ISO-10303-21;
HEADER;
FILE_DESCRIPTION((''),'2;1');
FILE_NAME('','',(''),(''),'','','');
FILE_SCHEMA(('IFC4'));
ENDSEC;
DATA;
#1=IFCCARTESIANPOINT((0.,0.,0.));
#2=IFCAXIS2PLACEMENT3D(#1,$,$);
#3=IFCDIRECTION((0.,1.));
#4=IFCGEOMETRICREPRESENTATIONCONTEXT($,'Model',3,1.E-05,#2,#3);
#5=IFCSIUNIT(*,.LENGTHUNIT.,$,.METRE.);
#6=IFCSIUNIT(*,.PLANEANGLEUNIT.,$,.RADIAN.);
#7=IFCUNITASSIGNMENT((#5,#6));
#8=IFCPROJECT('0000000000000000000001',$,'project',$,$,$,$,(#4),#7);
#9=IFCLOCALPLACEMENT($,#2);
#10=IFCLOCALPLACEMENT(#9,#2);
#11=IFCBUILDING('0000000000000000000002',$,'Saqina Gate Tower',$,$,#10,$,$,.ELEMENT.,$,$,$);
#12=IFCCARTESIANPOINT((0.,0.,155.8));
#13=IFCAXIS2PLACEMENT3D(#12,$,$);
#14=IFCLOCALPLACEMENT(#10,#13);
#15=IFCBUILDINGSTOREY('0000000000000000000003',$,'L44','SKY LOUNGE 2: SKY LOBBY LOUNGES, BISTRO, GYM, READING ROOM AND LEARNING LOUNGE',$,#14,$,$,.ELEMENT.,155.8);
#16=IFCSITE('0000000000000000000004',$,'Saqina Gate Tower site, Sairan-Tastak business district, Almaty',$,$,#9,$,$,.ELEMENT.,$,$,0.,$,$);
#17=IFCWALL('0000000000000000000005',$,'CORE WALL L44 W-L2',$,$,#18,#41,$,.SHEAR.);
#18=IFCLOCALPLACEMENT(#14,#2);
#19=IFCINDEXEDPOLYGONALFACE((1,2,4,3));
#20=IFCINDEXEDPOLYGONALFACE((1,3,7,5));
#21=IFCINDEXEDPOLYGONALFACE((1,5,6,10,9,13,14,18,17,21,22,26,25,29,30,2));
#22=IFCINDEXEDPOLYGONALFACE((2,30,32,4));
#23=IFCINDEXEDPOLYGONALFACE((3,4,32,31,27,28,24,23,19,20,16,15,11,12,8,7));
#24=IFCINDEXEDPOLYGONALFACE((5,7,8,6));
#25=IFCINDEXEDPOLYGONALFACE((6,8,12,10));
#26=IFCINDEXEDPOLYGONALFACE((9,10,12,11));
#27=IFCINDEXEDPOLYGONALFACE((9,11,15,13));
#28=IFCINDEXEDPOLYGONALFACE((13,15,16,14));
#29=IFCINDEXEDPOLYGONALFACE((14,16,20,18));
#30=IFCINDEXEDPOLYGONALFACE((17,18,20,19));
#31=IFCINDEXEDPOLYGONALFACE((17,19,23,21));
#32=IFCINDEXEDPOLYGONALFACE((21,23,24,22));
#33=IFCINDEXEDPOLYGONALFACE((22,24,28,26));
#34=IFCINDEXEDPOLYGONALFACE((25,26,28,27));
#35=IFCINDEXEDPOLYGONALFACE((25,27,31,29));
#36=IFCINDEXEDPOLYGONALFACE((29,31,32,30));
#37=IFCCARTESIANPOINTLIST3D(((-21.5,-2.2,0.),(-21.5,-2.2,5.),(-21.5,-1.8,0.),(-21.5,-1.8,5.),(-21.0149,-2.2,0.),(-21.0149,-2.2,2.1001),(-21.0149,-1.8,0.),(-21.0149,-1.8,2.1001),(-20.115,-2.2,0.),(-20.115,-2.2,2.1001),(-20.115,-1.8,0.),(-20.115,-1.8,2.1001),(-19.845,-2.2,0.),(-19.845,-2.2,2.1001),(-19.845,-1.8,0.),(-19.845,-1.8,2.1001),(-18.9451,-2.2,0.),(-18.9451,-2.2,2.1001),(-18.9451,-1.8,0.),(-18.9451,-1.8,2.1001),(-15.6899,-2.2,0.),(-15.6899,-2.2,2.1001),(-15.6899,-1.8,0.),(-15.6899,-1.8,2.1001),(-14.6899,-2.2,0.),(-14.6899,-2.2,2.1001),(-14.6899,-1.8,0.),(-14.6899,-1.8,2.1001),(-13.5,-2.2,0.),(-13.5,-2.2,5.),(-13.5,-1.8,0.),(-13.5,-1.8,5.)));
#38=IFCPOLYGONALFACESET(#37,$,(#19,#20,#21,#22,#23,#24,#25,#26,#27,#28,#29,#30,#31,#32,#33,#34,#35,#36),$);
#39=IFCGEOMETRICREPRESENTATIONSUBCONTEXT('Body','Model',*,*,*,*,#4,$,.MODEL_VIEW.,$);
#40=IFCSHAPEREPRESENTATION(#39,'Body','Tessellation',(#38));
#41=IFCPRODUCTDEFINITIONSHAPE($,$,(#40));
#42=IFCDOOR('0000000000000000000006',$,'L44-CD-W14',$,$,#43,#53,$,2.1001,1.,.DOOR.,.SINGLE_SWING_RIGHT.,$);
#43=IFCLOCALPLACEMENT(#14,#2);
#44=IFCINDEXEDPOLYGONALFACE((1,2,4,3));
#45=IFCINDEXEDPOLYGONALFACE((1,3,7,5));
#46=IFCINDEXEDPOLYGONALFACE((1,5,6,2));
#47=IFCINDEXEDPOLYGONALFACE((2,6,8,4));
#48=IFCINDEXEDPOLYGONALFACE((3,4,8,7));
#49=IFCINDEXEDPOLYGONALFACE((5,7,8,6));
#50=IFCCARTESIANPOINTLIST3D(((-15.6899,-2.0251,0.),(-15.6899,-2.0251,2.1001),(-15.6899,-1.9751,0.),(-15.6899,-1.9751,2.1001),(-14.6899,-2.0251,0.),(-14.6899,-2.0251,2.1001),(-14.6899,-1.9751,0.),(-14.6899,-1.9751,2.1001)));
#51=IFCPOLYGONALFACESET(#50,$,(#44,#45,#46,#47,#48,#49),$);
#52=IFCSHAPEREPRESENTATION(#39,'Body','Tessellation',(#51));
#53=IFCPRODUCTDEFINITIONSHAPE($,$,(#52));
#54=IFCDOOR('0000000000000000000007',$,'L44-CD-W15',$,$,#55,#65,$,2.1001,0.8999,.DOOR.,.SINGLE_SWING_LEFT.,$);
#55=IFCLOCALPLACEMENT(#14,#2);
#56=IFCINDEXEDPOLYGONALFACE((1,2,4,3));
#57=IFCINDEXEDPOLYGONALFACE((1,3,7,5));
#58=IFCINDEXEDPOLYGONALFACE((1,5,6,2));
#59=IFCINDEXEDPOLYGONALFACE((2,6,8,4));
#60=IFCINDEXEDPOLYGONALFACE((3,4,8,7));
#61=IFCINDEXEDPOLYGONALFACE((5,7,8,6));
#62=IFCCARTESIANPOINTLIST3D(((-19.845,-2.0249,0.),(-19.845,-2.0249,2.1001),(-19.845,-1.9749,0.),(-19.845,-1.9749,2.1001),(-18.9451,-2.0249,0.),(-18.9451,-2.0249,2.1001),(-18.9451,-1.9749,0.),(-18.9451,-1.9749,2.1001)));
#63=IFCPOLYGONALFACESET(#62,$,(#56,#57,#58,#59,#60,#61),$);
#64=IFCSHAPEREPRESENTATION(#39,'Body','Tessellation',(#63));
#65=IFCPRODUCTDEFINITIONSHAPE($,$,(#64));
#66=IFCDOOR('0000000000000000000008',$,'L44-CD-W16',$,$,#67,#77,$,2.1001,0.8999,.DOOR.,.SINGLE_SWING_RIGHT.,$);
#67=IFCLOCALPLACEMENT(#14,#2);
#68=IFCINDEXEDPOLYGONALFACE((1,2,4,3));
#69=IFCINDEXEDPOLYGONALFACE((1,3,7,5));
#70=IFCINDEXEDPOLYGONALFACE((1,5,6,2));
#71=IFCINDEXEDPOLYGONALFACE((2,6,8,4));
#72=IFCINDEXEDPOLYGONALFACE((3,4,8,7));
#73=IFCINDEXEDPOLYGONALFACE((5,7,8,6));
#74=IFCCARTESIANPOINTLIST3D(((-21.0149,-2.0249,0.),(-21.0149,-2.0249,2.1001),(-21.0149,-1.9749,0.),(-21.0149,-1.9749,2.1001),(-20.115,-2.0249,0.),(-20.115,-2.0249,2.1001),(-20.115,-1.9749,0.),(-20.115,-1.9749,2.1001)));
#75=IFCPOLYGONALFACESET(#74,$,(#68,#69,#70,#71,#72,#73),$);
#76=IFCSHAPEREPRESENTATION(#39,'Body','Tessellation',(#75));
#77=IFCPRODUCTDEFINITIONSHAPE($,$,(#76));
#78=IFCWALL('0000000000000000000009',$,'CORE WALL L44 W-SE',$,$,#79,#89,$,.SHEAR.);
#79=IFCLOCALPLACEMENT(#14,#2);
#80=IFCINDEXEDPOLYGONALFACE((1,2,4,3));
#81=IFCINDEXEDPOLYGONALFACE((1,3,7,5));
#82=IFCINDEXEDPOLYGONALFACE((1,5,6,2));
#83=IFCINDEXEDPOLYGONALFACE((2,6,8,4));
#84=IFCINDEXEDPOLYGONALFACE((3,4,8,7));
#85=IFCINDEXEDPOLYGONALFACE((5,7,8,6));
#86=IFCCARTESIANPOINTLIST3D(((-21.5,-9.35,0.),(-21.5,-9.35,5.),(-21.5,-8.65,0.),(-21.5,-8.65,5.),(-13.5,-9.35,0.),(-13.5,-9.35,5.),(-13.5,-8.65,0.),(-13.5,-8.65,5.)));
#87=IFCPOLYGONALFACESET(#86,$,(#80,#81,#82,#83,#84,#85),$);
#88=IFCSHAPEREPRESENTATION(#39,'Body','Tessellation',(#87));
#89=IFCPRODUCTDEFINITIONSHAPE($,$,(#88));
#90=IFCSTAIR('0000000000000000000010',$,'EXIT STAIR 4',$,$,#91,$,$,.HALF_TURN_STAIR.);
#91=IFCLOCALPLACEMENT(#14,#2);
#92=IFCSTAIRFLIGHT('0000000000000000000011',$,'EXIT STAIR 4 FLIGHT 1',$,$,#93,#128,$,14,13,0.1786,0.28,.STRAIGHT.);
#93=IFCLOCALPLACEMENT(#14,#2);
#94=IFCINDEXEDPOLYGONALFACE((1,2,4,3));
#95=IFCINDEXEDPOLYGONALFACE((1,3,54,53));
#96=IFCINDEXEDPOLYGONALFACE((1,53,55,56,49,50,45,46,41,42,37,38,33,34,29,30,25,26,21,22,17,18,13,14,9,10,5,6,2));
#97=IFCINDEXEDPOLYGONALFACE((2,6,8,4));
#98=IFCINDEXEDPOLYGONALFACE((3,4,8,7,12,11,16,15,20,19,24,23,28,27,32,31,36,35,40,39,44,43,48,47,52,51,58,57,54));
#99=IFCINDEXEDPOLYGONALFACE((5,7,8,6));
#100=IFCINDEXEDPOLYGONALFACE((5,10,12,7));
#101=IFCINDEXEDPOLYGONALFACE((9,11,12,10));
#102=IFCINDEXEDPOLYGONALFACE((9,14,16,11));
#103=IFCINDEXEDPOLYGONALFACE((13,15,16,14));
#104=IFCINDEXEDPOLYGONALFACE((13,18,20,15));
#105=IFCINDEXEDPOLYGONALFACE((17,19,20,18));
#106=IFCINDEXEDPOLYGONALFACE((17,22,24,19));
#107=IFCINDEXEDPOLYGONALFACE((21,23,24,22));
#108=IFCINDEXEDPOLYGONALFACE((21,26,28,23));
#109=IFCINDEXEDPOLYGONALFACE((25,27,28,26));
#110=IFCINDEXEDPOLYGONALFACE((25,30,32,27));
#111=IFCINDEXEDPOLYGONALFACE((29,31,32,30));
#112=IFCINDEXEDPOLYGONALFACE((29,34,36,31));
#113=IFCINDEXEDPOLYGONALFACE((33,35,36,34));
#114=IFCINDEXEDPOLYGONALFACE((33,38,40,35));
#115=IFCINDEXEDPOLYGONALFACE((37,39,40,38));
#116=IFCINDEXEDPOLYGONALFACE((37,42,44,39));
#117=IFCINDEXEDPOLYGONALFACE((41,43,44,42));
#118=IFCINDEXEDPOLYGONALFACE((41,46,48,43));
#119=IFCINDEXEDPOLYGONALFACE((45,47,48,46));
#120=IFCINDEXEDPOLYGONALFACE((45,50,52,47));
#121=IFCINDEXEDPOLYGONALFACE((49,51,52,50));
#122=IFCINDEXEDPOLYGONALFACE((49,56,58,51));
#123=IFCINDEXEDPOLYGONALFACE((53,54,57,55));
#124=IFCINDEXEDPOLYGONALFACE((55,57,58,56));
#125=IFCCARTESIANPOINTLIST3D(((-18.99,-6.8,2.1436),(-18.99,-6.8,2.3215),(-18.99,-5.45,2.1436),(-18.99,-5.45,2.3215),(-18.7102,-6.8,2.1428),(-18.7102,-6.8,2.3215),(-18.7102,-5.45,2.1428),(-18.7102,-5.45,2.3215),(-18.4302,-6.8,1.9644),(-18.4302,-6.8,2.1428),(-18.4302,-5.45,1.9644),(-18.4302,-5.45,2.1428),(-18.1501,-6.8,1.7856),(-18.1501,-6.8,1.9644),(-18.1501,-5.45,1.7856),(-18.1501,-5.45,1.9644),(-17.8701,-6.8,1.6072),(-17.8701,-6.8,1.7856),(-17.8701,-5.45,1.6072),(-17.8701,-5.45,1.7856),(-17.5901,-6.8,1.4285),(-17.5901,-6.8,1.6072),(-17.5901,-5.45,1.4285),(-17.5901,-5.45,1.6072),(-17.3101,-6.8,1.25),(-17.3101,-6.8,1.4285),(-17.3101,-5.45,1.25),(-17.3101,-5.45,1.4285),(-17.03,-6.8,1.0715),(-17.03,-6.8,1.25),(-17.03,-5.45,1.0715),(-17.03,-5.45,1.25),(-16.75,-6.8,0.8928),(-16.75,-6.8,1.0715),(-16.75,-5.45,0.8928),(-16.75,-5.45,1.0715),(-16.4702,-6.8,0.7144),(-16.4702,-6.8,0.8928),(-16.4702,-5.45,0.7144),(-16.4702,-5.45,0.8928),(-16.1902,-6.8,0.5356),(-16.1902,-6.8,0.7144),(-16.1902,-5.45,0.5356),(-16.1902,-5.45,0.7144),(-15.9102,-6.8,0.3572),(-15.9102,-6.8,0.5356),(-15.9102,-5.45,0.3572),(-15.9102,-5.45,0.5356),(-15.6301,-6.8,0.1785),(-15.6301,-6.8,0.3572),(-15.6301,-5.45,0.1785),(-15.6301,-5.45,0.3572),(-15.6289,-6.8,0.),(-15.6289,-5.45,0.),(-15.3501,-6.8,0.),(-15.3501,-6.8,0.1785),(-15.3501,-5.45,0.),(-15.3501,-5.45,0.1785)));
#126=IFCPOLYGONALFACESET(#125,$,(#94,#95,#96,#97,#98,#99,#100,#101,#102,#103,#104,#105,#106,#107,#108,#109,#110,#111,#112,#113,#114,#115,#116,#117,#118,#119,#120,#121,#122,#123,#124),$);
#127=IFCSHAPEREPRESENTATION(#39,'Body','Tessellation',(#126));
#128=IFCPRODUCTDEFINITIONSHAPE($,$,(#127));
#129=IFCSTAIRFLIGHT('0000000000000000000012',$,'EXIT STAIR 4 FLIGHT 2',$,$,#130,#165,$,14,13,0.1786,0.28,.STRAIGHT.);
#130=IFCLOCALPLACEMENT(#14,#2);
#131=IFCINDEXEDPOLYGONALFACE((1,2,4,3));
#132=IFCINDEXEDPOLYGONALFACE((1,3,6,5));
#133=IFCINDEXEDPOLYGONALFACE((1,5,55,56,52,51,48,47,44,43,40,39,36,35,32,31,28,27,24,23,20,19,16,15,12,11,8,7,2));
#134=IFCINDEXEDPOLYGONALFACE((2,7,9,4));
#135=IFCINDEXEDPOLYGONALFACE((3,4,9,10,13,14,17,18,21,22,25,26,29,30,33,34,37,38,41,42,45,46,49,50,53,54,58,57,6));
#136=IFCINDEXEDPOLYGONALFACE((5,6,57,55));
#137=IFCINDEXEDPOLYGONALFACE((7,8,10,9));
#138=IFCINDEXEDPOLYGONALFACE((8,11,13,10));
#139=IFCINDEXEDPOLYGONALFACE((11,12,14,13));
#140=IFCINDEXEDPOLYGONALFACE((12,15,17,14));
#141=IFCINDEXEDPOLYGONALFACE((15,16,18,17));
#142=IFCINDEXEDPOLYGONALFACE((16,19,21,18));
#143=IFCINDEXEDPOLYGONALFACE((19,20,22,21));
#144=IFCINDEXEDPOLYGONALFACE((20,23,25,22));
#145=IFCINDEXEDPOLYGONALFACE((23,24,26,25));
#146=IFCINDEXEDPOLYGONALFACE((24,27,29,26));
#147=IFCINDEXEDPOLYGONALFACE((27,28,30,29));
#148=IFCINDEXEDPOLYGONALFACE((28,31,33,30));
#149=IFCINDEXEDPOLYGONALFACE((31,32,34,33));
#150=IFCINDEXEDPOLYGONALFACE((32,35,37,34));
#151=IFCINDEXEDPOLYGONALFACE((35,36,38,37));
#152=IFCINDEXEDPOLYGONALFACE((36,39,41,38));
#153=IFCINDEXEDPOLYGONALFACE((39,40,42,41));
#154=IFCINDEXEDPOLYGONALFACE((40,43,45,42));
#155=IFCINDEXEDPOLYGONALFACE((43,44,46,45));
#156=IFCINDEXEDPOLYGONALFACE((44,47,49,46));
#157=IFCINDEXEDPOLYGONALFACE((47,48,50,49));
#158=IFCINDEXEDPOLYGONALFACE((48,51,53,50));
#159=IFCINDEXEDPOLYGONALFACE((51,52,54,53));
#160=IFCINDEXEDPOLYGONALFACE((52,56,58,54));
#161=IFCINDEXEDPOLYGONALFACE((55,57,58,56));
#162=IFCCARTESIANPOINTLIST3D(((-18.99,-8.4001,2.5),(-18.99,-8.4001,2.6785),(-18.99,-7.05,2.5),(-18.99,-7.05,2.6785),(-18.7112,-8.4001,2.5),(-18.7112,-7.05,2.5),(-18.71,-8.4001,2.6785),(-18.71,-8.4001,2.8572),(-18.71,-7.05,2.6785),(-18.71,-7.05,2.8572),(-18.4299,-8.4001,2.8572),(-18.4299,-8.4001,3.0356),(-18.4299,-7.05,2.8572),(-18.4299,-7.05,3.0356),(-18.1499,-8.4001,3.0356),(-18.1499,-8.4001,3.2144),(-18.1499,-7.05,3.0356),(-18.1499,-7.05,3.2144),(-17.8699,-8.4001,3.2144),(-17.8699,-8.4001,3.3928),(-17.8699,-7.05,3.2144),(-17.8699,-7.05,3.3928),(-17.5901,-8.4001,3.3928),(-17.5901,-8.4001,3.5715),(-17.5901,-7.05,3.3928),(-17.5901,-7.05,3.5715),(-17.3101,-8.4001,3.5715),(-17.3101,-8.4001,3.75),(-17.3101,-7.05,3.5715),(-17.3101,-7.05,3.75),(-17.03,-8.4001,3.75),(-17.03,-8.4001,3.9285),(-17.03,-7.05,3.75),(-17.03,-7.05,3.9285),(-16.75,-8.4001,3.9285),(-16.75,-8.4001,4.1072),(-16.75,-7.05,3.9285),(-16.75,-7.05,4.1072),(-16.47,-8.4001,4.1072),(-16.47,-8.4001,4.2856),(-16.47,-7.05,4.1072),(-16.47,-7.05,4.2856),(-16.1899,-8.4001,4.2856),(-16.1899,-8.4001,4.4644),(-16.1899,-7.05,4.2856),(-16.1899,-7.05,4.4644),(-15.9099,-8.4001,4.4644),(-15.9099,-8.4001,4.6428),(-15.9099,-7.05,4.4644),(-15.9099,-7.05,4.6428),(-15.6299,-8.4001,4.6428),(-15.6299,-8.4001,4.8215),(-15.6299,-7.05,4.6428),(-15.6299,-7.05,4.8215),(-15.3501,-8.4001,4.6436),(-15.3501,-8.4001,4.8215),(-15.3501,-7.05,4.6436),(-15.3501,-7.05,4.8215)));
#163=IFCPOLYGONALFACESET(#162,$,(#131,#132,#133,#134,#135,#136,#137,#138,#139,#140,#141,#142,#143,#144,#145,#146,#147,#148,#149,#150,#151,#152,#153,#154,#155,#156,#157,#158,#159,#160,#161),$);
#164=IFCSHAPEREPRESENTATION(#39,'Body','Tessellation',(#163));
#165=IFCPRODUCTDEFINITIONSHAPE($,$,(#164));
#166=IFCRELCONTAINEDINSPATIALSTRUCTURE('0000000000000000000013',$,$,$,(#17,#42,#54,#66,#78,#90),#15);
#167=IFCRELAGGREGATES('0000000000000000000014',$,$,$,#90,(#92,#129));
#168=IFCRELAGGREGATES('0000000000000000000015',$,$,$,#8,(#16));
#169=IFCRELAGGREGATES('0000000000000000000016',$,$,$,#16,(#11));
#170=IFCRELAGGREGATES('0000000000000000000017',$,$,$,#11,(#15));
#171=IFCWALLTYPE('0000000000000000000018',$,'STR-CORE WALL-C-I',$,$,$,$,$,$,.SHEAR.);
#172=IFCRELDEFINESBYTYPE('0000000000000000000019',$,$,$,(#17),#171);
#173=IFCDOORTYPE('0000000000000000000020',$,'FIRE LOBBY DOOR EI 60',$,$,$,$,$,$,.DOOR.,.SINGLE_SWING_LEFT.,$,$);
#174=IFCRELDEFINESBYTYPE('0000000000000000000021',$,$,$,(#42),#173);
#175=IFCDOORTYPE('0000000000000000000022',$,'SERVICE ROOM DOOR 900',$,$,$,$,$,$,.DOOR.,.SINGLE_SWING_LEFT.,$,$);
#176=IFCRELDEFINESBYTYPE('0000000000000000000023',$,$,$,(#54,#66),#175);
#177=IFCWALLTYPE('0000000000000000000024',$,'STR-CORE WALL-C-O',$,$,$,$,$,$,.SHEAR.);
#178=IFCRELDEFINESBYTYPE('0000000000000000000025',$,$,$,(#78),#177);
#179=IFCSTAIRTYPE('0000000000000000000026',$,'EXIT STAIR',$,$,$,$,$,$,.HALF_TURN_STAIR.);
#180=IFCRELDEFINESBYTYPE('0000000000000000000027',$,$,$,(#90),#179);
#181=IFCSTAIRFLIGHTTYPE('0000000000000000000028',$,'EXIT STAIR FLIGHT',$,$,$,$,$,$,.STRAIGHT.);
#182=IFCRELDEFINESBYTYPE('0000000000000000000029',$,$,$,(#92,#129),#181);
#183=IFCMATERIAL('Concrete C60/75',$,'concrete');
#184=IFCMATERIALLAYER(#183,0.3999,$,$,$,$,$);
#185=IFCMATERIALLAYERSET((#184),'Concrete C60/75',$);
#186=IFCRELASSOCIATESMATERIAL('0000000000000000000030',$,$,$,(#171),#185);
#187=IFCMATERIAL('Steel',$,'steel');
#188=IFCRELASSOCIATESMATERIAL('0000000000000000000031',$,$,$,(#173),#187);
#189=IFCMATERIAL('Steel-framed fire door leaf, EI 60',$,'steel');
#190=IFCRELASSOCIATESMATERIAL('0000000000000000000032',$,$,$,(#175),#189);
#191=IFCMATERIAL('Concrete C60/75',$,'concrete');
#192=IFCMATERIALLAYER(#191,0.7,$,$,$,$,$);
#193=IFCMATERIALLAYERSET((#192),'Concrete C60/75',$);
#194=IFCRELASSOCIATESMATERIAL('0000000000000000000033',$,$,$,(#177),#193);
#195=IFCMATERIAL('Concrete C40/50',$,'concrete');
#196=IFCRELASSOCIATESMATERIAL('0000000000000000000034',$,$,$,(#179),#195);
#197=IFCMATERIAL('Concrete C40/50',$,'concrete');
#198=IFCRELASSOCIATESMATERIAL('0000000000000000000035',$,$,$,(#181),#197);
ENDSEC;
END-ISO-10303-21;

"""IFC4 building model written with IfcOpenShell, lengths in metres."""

from ifc_helpers import new_model, si_unit, direction, frame, frame_2d, origin, place, context, subcontext, project, spatial, polyline, rectangle, outline, extrude, material, layer, layer_set, type_object, element, fill, aggregate, save


model = new_model("IFC4")

# Units and contexts
model_context = context("Model", 3, precision=1e-05, world=origin(), true_north=direction((0.0, 1.0)))
body_context = subcontext(model_context, "Body", "Model", "MODEL_VIEW")
ifc_project = project(units=[si_unit("LENGTHUNIT", "METRE"), si_unit("PLANEANGLEUNIT", "RADIAN")], contexts=[model_context])

# Site, building, storey
site_placement = place(None, origin())
site = spatial("IfcSite", under=ifc_project, at=site_placement, Name="Saqina Gate Tower site, Sairan-Tastak business district, Almaty", CompositionType="ELEMENT", RefElevation=0.0)
building_placement = place(site_placement, origin())
building = spatial("IfcBuilding", under=site, at=building_placement, Name="Saqina Gate Tower", CompositionType="ELEMENT")
storey_placement = place(building_placement, frame((0.0, 0.0, 155.8)))
storey = spatial("IfcBuildingStorey", under=building, at=storey_placement, Name="L44", Description="SKY LOUNGE 2: SKY LOBBY LOUNGES, BISTRO, GYM, READING ROOM AND LEARNING LOUNGE", CompositionType="ELEMENT", Elevation=155.8)

# Shared definitions
ifc_material_1 = material(Name="Concrete C60/75", Category="concrete")
ifc_layer_1 = layer(ifc_material_1, 0.3999)
ifc_layer_set_1 = layer_set([ifc_layer_1], Name="Concrete C60/75")
wall_type_1 = type_object("IfcWallType", Name="STR-CORE WALL-C-I", PredefinedType="SHEAR", material=ifc_layer_set_1)

# Wall, openings, doors
wall_1_placement = place(storey_placement, frame((-13.5, -2.0, 0.0), z_axis=(0.0, 0.0, 1.0), x_axis=(-1.0, 0.0, 0.0)))
wall_1 = element("IfcWall", 1, at=wall_1_placement, inside=storey, type_object=wall_type_1, Name="CORE WALL L44 W-L2", PredefinedType="SHEAR", context=body_context, shape_type="SweptSolid", body=[
    extrude(rectangle(XDim=8.0, YDim=0.3999, at=frame_2d((4.0, 0.0))), origin(), (0.0, 0.0, 1.0), 5.0),
])
opening_1_placement = place(wall_1_placement, frame((1.1899, 0.0, 0.0)))
opening_1 = element("IfcOpeningElement", 2, at=opening_1_placement, cuts=wall_1, PredefinedType="OPENING", context=body_context, shape_type="SweptSolid", body=[
    extrude(rectangle(XDim=1.0, YDim=2.1001, at=frame_2d((0.5, 1.05))), frame((0.0, 0.2119, 0.0), z_axis=(0.0, -1.0, 0.0), x_axis=(1.0, 0.0, 0.0)), (0.0, 0.0, 1.0), 0.4238),
])
opening_2_placement = place(wall_1_placement, frame((5.4451, 0.0, 0.0)))
opening_2 = element("IfcOpeningElement", 3, at=opening_2_placement, cuts=wall_1, PredefinedType="OPENING", context=body_context, shape_type="SweptSolid", body=[
    extrude(rectangle(XDim=0.8999, YDim=2.1001, at=frame_2d((0.45, 1.05))), frame((0.0, 0.2119, 0.0), z_axis=(0.0, -1.0, 0.0), x_axis=(1.0, 0.0, 0.0)), (0.0, 0.0, 1.0), 0.4238),
])
opening_3_placement = place(wall_1_placement, frame((6.615, 0.0, 0.0)))
opening_3 = element("IfcOpeningElement", 4, at=opening_3_placement, cuts=wall_1, PredefinedType="OPENING", context=body_context, shape_type="SweptSolid", body=[
    extrude(rectangle(XDim=0.8999, YDim=2.1001, at=frame_2d((0.45, 1.05))), frame((0.0, 0.2119, 0.0), z_axis=(0.0, -1.0, 0.0), x_axis=(1.0, 0.0, 0.0)), (0.0, 0.0, 1.0), 0.4238),
])
ifc_material_2 = material(Name="Steel", Category="steel")
door_type_1 = type_object("IfcDoorType", Name="FIRE LOBBY DOOR EI 60", OperationType="SINGLE_SWING_LEFT", PredefinedType="DOOR", material=ifc_material_2)
door_1_placement = place(opening_1_placement, frame((1.0, 0.0, 0.0), z_axis=(0.0, 0.0, 1.0), x_axis=(-1.0, 0.0, 0.0)))
door_1 = element("IfcDoor", 5, at=door_1_placement, inside=storey, type_object=door_type_1, Name="L44-CD-W14", OperationType="SINGLE_SWING_RIGHT", OverallHeight=2.1001, OverallWidth=1.0, PredefinedType="DOOR", context=body_context, shape_type="SweptSolid", body=[
    extrude(rectangle(XDim=1.0, YDim=2.1001, at=frame_2d((0.5, 1.05))), frame((0.0, 0.0249, 0.0), z_axis=(0.0, -1.0, 0.0), x_axis=(1.0, 0.0, 0.0)), (0.0, 0.0, 1.0), 0.05),
])
fill(opening_1, door_1)
ifc_material_3 = material(Name="Steel-framed fire door leaf, EI 60", Category="steel")
door_type_2 = type_object("IfcDoorType", Name="SERVICE ROOM DOOR 900", OperationType="SINGLE_SWING_LEFT", PredefinedType="DOOR", material=ifc_material_3)
door_2_placement = place(opening_2_placement, origin())
door_2 = element("IfcDoor", 6, at=door_2_placement, inside=storey, type_object=door_type_2, Name="L44-CD-W15", OperationType="SINGLE_SWING_LEFT", OverallHeight=2.1001, OverallWidth=0.8999, PredefinedType="DOOR", context=body_context, shape_type="SweptSolid", body=[
    extrude(rectangle(XDim=0.8999, YDim=2.1001, at=frame_2d((0.45, 1.05))), frame((0.0, 0.0249, 0.0), z_axis=(0.0, -1.0, 0.0), x_axis=(1.0, 0.0, 0.0)), (0.0, 0.0, 1.0), 0.05),
])
fill(opening_2, door_2)
door_3_placement = place(opening_3_placement, origin())
door_3 = element("IfcDoor", 7, at=door_3_placement, inside=storey, type_object=door_type_2, Name="L44-CD-W16", OperationType="SINGLE_SWING_RIGHT", OverallHeight=2.1001, OverallWidth=0.8999, PredefinedType="DOOR", context=body_context, shape_type="SweptSolid", body=[
    extrude(rectangle(XDim=0.8999, YDim=2.1001, at=frame_2d((0.45, 1.05))), frame((0.0, 0.0249, 0.0), z_axis=(0.0, -1.0, 0.0), x_axis=(1.0, 0.0, 0.0)), (0.0, 0.0, 1.0), 0.05),
])
fill(opening_3, door_3)
ifc_material_4 = material(Name="Concrete C60/75", Category="concrete")
ifc_layer_2 = layer(ifc_material_4, 0.7)
ifc_layer_set_2 = layer_set([ifc_layer_2], Name="Concrete C60/75")
wall_type_2 = type_object("IfcWallType", Name="STR-CORE WALL-C-O", PredefinedType="SHEAR", material=ifc_layer_set_2)

# Wall
wall_2_placement = place(storey_placement, frame((-13.5, -9.0, 0.0), z_axis=(0.0, 0.0, 1.0), x_axis=(-1.0, 0.0, 0.0)))
element("IfcWall", 8, at=wall_2_placement, inside=storey, type_object=wall_type_2, Name="CORE WALL L44 W-SE", PredefinedType="SHEAR", context=body_context, shape_type="SweptSolid", body=[
    extrude(rectangle(XDim=8.0, YDim=0.7, at=frame_2d((4.0, 0.0))), origin(), (0.0, 0.0, 1.0), 5.0),
])

# Stair, stair flights
ifc_material_5 = material(Name="Concrete C40/50", Category="concrete")
stair_type = type_object("IfcStairType", Name="EXIT STAIR", PredefinedType="HALF_TURN_STAIR", material=ifc_material_5)
stair_placement = place(storey_placement, origin())
stair = element("IfcStair", 9, at=stair_placement, inside=storey, type_object=stair_type, Name="EXIT STAIR 4", PredefinedType="HALF_TURN_STAIR")
ifc_material_6 = material(Name="Concrete C40/50", Category="concrete")
stair_flight_type = type_object("IfcStairFlightType", Name="EXIT STAIR FLIGHT", PredefinedType="STRAIGHT", material=ifc_material_6)
stair_flight_1_placement = place(storey_placement, frame((-15.3501, -6.125, 0.0), z_axis=(0.0, 0.0, 1.0), x_axis=(-1.0, 0.0, 0.0)))
stair_flight_1 = element("IfcStairFlight", 10, at=stair_flight_1_placement, type_object=stair_flight_type, Name="EXIT STAIR 4 FLIGHT 1", NumberOfRisers=14, NumberOfTreads=13, PredefinedType="STRAIGHT", RiserHeight=0.1786, TreadLength=0.28, context=body_context, shape_type="SweptSolid", body=[
    extrude(outline(polyline([(0.0, 0.0), (0.0, 0.1785), (0.28, 0.1785), (0.28, 0.3572), (0.5601, 0.3572), (0.5601, 0.5356), (0.8401, 0.5356), (0.8401, 0.7144), (1.1201, 0.7144), (1.1201, 0.8928), (1.3999, 0.8928), (1.3999, 1.0715), (1.6799, 1.0715), (1.6799, 1.25), (1.96, 1.25), (1.96, 1.4285), (2.24, 1.4285), (2.24, 1.6072), (2.52, 1.6072), (2.52, 1.7856), (2.8, 1.7856), (2.8, 1.9644), (3.0801, 1.9644), (3.0801, 2.1428), (3.3601, 2.1428), (3.3601, 2.3215), (3.6399, 2.3215), (3.6399, 2.5), (3.6399, 2.1436), (0.2788, 0.0), (0.0, 0.0)])), frame((0.0, 0.675, 0.0), z_axis=(0.0, -1.0, 0.0), x_axis=(1.0, 0.0, 0.0)), (0.0, 0.0, 1.0), 1.3501),
])
stair_flight_2_placement = place(storey_placement, frame((-18.99, -7.7251, 2.5), z_axis=(0.0, 0.0, 1.0), x_axis=(1.0, 0.0, 0.0)))
stair_flight_2 = element("IfcStairFlight", 11, at=stair_flight_2_placement, type_object=stair_flight_type, Name="EXIT STAIR 4 FLIGHT 2", NumberOfRisers=14, NumberOfTreads=13, PredefinedType="STRAIGHT", RiserHeight=0.1786, TreadLength=0.28, context=body_context, shape_type="SweptSolid", body=[
    extrude(outline(polyline([(0.0, 0.0), (0.0, 0.1785), (0.28, 0.1785), (0.28, 0.3572), (0.5601, 0.3572), (0.5601, 0.5356), (0.8401, 0.5356), (0.8401, 0.7144), (1.1201, 0.7144), (1.1201, 0.8928), (1.3999, 0.8928), (1.3999, 1.0715), (1.6799, 1.0715), (1.6799, 1.25), (1.96, 1.25), (1.96, 1.4285), (2.24, 1.4285), (2.24, 1.6072), (2.52, 1.6072), (2.52, 1.7856), (2.8, 1.7856), (2.8, 1.9644), (3.0801, 1.9644), (3.0801, 2.1428), (3.3601, 2.1428), (3.3601, 2.3215), (3.6399, 2.3215), (3.6399, 2.5), (3.6399, 2.1436), (0.2788, 0.0), (0.0, 0.0)])), frame((0.0, 0.675, 0.0), z_axis=(0.0, -1.0, 0.0), x_axis=(1.0, 0.0, 0.0)), (0.0, 0.0, 1.0), 1.3501),
])
aggregate(stair, [stair_flight_1, stair_flight_2])

save(model, "model.ifc")
